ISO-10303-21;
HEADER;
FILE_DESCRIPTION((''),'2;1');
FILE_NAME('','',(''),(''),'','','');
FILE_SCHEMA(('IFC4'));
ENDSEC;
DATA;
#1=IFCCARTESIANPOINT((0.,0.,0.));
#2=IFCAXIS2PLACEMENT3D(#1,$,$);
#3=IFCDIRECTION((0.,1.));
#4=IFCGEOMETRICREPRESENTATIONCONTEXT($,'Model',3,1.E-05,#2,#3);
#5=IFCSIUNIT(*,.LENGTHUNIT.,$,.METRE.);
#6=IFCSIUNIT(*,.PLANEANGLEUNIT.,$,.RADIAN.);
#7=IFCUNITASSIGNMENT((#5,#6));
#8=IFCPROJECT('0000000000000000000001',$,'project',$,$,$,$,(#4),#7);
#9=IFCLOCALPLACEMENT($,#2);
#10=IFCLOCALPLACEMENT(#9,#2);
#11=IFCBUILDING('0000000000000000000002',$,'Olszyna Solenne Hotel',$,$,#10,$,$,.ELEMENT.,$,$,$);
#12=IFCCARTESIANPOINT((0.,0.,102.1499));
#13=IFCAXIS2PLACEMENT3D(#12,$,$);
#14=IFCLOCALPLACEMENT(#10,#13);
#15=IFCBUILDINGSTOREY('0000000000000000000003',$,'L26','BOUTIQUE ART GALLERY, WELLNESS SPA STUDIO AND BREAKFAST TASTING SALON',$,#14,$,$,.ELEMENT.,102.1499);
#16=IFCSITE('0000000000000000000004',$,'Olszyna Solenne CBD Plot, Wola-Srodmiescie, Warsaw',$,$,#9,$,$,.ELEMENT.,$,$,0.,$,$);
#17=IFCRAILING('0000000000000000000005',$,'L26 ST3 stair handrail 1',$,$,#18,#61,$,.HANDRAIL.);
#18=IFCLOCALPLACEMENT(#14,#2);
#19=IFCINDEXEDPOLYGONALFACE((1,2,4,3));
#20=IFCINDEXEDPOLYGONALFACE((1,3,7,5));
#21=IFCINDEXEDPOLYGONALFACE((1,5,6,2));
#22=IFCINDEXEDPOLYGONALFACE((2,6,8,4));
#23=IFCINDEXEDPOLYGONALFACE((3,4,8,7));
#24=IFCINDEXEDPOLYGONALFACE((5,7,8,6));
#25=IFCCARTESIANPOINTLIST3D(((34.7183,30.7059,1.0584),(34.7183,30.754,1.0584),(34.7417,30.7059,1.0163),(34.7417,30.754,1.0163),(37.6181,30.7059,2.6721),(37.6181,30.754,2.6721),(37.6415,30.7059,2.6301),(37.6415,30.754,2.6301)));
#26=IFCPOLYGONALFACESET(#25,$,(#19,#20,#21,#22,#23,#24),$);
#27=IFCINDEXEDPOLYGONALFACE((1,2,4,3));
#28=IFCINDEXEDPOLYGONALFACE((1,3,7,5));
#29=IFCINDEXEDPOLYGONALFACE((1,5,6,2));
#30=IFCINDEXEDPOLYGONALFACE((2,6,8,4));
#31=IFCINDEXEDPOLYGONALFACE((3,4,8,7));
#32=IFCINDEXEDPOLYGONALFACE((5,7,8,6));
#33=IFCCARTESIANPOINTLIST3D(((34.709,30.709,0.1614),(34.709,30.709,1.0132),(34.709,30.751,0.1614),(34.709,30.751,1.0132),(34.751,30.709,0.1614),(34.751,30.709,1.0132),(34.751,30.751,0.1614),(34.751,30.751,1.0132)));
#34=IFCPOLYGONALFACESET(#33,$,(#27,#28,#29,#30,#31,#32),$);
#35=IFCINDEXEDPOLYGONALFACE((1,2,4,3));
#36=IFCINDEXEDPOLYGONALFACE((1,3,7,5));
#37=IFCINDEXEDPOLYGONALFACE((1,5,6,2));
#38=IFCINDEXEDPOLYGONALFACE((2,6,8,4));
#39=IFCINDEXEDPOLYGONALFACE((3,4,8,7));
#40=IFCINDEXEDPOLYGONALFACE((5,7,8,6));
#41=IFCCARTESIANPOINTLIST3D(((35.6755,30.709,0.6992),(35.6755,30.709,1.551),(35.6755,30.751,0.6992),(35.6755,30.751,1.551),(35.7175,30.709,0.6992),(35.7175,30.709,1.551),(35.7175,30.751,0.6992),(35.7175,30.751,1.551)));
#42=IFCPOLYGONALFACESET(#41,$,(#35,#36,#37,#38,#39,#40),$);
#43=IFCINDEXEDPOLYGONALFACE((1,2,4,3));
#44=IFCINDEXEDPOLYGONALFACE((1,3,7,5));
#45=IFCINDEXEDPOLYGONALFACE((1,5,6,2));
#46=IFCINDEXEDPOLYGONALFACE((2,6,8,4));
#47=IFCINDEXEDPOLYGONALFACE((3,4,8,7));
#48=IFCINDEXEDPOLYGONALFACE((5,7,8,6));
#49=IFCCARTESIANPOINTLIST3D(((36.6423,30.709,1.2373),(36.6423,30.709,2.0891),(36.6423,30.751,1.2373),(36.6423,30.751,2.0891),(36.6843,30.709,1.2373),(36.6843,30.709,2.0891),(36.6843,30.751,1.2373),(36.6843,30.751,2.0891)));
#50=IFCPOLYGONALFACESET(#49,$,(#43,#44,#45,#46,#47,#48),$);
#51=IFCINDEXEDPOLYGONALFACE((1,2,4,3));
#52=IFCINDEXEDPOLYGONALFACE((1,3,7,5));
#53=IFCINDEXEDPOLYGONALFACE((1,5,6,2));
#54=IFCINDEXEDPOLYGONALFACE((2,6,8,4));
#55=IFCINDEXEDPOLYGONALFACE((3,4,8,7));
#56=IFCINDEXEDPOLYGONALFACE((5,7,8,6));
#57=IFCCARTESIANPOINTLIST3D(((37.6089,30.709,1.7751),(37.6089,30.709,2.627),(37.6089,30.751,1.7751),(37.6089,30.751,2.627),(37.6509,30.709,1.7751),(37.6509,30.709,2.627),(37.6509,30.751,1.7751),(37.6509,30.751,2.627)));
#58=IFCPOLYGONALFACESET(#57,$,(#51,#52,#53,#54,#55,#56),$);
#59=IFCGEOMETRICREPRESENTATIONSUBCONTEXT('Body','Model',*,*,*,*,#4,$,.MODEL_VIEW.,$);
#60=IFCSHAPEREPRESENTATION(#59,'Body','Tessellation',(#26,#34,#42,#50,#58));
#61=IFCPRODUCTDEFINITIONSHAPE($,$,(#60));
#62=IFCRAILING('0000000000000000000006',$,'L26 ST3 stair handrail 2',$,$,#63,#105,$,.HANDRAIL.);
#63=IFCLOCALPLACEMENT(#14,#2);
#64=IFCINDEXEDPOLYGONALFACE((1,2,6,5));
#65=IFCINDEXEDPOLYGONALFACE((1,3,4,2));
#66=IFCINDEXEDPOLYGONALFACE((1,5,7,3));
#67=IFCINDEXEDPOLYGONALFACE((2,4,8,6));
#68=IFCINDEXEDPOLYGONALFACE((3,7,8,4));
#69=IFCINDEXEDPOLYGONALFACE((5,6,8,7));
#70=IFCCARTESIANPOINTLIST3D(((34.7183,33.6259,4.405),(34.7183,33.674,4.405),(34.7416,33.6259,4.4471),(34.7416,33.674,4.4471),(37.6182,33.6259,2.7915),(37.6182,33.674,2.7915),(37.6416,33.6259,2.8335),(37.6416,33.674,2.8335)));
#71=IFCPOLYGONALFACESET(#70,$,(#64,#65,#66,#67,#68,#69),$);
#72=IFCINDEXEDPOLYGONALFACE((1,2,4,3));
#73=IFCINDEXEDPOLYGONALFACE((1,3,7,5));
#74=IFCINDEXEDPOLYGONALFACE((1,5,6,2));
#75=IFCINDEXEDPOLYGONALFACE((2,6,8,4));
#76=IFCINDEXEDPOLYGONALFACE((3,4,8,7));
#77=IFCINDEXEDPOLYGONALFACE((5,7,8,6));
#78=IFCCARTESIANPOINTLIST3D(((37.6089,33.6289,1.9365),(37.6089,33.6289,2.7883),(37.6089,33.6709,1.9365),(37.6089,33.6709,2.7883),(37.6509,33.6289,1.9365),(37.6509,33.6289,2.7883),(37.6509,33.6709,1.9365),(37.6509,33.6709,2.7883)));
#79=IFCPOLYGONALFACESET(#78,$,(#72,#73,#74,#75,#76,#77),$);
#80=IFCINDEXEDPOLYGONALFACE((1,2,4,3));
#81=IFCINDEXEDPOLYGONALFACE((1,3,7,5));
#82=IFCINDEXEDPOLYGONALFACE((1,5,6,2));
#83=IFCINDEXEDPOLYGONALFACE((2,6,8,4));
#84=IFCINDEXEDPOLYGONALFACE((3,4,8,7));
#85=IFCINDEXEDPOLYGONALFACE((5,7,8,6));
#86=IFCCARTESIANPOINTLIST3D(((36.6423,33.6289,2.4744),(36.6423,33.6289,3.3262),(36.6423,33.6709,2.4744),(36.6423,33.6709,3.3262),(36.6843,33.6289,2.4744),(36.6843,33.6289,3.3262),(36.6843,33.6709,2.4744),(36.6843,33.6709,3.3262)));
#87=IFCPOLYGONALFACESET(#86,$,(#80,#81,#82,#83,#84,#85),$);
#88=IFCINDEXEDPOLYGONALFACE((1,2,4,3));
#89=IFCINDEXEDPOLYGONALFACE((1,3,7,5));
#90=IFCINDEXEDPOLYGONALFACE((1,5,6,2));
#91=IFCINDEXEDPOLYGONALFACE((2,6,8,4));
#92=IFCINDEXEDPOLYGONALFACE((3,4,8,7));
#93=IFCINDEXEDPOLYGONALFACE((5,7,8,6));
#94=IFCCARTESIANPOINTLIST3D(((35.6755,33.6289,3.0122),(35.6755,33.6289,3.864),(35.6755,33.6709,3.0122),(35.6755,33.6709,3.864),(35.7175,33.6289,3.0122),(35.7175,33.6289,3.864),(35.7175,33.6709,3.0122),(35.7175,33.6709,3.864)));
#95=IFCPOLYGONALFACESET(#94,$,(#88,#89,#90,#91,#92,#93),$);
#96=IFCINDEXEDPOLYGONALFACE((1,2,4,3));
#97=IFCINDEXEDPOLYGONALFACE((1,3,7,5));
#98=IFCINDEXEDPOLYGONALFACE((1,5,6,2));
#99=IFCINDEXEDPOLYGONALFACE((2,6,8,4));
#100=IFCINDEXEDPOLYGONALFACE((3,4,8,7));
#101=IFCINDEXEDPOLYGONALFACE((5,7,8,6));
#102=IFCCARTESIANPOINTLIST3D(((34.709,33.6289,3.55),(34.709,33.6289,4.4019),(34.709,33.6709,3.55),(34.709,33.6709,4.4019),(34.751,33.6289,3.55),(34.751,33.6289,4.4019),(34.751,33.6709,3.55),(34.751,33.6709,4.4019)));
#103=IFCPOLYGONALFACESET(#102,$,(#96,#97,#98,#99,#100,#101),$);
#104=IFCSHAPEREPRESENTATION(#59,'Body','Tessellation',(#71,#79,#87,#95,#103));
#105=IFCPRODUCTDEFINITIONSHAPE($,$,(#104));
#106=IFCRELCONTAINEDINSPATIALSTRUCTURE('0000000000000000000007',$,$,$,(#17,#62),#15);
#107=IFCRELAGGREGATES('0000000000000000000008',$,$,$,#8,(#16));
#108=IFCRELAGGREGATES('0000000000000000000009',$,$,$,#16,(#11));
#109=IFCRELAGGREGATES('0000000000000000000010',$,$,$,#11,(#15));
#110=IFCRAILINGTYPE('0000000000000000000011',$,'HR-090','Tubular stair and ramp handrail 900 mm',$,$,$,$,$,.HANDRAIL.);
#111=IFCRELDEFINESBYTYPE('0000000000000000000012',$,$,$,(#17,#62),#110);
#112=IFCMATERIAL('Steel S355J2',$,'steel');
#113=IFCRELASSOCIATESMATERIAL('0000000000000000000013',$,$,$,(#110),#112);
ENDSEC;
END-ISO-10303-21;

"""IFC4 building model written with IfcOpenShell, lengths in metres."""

from ifc_helpers import new_model, si_unit, direction, frame, origin, origin_2d, place, context, subcontext, project, spatial, rectangle, extrude, material, type_object, element, save


model = new_model("IFC4")

# Units and contexts
model_context = context("Model", 3, precision=1e-05, world=origin(), true_north=direction((0.0, 1.0)))
body_context = subcontext(model_context, "Body", "Model", "MODEL_VIEW")
ifc_project = project(units=[si_unit("LENGTHUNIT", "METRE"), si_unit("PLANEANGLEUNIT", "RADIAN")], contexts=[model_context])

# Site, building, storey
site_placement = place(None, origin())
site = spatial("IfcSite", under=ifc_project, at=site_placement, Name="Olszyna Solenne CBD Plot, Wola-Srodmiescie, Warsaw", CompositionType="ELEMENT", RefElevation=0.0)
building_placement = place(site_placement, origin())
building = spatial("IfcBuilding", under=site, at=building_placement, Name="Olszyna Solenne Hotel", CompositionType="ELEMENT")
storey_placement = place(building_placement, frame((0.0, 0.0, 102.1499)))
storey = spatial("IfcBuildingStorey", under=building, at=storey_placement, Name="L26", Description="BOUTIQUE ART GALLERY, WELLNESS SPA STUDIO AND BREAKFAST TASTING SALON", CompositionType="ELEMENT", Elevation=102.1499)

# Shared definitions
ifc_material_1 = material(Name="Steel S355J2", Category="steel")

# Railings
railing_type_1 = type_object("IfcRailingType", Name="HR-090", Description="Tubular stair and ramp handrail 900 mm", PredefinedType="HANDRAIL", material=ifc_material_1)
railing_1_placement = place(storey_placement, frame((34.73, 30.73, 0.1614)))
element("IfcRailing", 1, at=railing_1_placement, inside=storey, type_object=railing_type_1, Name="L26 ST3 stair handrail 1", PredefinedType="HANDRAIL", context=body_context, shape_type="SweptSolid", body=[
    extrude(rectangle(XDim=0.0481, YDim=0.0481, at=origin_2d()), frame((0.0, 0.0, 0.876), z_axis=(0.87381, 0.0, 0.486267), x_axis=(0.0, 1.0, 0.0)), (0.0, 0.0, 1.0), 3.3186),
    extrude(rectangle(XDim=0.042, YDim=0.042, at=origin_2d()), origin(), (0.0, 0.0, 1.0), 0.8518),
    extrude(rectangle(XDim=0.042, YDim=0.042, at=origin_2d()), frame((0.9666, 0.0, 0.5378)), (0.0, 0.0, 1.0), 0.8518),
    extrude(rectangle(XDim=0.042, YDim=0.042, at=origin_2d()), frame((1.9333, 0.0, 1.0759)), (0.0, 0.0, 1.0), 0.8518),
    extrude(rectangle(XDim=0.042, YDim=0.042, at=origin_2d()), frame((2.8999, 0.0, 1.6138)), (0.0, 0.0, 1.0), 0.8518),
])
railing_2_placement = place(storey_placement, frame((37.6299, 33.6499, 1.9365)))
element("IfcRailing", 2, at=railing_2_placement, inside=storey, type_object=railing_type_1, Name="L26 ST3 stair handrail 2", PredefinedType="HANDRAIL", context=body_context, shape_type="SweptSolid", body=[
    extrude(rectangle(XDim=0.0481, YDim=0.0481, at=origin_2d()), frame((0.0, 0.0, 0.876), z_axis=(-0.873841, 0.0, 0.486211), x_axis=(0.0, -1.0, 0.0)), (0.0, 0.0, 1.0), 3.3186),
    extrude(rectangle(XDim=0.042, YDim=0.042, at=origin_2d()), origin(), (0.0, 0.0, 1.0), 0.8518),
    extrude(rectangle(XDim=0.042, YDim=0.042, at=origin_2d()), frame((-0.9666, 0.0, 0.5378)), (0.0, 0.0, 1.0), 0.8518),
    extrude(rectangle(XDim=0.042, YDim=0.042, at=origin_2d()), frame((-1.9333, 0.0, 1.0757)), (0.0, 0.0, 1.0), 0.8518),
    extrude(rectangle(XDim=0.042, YDim=0.042, at=origin_2d()), frame((-2.8999, 0.0, 1.6135)), (0.0, 0.0, 1.0), 0.8518),
])

save(model, "model.ifc")
